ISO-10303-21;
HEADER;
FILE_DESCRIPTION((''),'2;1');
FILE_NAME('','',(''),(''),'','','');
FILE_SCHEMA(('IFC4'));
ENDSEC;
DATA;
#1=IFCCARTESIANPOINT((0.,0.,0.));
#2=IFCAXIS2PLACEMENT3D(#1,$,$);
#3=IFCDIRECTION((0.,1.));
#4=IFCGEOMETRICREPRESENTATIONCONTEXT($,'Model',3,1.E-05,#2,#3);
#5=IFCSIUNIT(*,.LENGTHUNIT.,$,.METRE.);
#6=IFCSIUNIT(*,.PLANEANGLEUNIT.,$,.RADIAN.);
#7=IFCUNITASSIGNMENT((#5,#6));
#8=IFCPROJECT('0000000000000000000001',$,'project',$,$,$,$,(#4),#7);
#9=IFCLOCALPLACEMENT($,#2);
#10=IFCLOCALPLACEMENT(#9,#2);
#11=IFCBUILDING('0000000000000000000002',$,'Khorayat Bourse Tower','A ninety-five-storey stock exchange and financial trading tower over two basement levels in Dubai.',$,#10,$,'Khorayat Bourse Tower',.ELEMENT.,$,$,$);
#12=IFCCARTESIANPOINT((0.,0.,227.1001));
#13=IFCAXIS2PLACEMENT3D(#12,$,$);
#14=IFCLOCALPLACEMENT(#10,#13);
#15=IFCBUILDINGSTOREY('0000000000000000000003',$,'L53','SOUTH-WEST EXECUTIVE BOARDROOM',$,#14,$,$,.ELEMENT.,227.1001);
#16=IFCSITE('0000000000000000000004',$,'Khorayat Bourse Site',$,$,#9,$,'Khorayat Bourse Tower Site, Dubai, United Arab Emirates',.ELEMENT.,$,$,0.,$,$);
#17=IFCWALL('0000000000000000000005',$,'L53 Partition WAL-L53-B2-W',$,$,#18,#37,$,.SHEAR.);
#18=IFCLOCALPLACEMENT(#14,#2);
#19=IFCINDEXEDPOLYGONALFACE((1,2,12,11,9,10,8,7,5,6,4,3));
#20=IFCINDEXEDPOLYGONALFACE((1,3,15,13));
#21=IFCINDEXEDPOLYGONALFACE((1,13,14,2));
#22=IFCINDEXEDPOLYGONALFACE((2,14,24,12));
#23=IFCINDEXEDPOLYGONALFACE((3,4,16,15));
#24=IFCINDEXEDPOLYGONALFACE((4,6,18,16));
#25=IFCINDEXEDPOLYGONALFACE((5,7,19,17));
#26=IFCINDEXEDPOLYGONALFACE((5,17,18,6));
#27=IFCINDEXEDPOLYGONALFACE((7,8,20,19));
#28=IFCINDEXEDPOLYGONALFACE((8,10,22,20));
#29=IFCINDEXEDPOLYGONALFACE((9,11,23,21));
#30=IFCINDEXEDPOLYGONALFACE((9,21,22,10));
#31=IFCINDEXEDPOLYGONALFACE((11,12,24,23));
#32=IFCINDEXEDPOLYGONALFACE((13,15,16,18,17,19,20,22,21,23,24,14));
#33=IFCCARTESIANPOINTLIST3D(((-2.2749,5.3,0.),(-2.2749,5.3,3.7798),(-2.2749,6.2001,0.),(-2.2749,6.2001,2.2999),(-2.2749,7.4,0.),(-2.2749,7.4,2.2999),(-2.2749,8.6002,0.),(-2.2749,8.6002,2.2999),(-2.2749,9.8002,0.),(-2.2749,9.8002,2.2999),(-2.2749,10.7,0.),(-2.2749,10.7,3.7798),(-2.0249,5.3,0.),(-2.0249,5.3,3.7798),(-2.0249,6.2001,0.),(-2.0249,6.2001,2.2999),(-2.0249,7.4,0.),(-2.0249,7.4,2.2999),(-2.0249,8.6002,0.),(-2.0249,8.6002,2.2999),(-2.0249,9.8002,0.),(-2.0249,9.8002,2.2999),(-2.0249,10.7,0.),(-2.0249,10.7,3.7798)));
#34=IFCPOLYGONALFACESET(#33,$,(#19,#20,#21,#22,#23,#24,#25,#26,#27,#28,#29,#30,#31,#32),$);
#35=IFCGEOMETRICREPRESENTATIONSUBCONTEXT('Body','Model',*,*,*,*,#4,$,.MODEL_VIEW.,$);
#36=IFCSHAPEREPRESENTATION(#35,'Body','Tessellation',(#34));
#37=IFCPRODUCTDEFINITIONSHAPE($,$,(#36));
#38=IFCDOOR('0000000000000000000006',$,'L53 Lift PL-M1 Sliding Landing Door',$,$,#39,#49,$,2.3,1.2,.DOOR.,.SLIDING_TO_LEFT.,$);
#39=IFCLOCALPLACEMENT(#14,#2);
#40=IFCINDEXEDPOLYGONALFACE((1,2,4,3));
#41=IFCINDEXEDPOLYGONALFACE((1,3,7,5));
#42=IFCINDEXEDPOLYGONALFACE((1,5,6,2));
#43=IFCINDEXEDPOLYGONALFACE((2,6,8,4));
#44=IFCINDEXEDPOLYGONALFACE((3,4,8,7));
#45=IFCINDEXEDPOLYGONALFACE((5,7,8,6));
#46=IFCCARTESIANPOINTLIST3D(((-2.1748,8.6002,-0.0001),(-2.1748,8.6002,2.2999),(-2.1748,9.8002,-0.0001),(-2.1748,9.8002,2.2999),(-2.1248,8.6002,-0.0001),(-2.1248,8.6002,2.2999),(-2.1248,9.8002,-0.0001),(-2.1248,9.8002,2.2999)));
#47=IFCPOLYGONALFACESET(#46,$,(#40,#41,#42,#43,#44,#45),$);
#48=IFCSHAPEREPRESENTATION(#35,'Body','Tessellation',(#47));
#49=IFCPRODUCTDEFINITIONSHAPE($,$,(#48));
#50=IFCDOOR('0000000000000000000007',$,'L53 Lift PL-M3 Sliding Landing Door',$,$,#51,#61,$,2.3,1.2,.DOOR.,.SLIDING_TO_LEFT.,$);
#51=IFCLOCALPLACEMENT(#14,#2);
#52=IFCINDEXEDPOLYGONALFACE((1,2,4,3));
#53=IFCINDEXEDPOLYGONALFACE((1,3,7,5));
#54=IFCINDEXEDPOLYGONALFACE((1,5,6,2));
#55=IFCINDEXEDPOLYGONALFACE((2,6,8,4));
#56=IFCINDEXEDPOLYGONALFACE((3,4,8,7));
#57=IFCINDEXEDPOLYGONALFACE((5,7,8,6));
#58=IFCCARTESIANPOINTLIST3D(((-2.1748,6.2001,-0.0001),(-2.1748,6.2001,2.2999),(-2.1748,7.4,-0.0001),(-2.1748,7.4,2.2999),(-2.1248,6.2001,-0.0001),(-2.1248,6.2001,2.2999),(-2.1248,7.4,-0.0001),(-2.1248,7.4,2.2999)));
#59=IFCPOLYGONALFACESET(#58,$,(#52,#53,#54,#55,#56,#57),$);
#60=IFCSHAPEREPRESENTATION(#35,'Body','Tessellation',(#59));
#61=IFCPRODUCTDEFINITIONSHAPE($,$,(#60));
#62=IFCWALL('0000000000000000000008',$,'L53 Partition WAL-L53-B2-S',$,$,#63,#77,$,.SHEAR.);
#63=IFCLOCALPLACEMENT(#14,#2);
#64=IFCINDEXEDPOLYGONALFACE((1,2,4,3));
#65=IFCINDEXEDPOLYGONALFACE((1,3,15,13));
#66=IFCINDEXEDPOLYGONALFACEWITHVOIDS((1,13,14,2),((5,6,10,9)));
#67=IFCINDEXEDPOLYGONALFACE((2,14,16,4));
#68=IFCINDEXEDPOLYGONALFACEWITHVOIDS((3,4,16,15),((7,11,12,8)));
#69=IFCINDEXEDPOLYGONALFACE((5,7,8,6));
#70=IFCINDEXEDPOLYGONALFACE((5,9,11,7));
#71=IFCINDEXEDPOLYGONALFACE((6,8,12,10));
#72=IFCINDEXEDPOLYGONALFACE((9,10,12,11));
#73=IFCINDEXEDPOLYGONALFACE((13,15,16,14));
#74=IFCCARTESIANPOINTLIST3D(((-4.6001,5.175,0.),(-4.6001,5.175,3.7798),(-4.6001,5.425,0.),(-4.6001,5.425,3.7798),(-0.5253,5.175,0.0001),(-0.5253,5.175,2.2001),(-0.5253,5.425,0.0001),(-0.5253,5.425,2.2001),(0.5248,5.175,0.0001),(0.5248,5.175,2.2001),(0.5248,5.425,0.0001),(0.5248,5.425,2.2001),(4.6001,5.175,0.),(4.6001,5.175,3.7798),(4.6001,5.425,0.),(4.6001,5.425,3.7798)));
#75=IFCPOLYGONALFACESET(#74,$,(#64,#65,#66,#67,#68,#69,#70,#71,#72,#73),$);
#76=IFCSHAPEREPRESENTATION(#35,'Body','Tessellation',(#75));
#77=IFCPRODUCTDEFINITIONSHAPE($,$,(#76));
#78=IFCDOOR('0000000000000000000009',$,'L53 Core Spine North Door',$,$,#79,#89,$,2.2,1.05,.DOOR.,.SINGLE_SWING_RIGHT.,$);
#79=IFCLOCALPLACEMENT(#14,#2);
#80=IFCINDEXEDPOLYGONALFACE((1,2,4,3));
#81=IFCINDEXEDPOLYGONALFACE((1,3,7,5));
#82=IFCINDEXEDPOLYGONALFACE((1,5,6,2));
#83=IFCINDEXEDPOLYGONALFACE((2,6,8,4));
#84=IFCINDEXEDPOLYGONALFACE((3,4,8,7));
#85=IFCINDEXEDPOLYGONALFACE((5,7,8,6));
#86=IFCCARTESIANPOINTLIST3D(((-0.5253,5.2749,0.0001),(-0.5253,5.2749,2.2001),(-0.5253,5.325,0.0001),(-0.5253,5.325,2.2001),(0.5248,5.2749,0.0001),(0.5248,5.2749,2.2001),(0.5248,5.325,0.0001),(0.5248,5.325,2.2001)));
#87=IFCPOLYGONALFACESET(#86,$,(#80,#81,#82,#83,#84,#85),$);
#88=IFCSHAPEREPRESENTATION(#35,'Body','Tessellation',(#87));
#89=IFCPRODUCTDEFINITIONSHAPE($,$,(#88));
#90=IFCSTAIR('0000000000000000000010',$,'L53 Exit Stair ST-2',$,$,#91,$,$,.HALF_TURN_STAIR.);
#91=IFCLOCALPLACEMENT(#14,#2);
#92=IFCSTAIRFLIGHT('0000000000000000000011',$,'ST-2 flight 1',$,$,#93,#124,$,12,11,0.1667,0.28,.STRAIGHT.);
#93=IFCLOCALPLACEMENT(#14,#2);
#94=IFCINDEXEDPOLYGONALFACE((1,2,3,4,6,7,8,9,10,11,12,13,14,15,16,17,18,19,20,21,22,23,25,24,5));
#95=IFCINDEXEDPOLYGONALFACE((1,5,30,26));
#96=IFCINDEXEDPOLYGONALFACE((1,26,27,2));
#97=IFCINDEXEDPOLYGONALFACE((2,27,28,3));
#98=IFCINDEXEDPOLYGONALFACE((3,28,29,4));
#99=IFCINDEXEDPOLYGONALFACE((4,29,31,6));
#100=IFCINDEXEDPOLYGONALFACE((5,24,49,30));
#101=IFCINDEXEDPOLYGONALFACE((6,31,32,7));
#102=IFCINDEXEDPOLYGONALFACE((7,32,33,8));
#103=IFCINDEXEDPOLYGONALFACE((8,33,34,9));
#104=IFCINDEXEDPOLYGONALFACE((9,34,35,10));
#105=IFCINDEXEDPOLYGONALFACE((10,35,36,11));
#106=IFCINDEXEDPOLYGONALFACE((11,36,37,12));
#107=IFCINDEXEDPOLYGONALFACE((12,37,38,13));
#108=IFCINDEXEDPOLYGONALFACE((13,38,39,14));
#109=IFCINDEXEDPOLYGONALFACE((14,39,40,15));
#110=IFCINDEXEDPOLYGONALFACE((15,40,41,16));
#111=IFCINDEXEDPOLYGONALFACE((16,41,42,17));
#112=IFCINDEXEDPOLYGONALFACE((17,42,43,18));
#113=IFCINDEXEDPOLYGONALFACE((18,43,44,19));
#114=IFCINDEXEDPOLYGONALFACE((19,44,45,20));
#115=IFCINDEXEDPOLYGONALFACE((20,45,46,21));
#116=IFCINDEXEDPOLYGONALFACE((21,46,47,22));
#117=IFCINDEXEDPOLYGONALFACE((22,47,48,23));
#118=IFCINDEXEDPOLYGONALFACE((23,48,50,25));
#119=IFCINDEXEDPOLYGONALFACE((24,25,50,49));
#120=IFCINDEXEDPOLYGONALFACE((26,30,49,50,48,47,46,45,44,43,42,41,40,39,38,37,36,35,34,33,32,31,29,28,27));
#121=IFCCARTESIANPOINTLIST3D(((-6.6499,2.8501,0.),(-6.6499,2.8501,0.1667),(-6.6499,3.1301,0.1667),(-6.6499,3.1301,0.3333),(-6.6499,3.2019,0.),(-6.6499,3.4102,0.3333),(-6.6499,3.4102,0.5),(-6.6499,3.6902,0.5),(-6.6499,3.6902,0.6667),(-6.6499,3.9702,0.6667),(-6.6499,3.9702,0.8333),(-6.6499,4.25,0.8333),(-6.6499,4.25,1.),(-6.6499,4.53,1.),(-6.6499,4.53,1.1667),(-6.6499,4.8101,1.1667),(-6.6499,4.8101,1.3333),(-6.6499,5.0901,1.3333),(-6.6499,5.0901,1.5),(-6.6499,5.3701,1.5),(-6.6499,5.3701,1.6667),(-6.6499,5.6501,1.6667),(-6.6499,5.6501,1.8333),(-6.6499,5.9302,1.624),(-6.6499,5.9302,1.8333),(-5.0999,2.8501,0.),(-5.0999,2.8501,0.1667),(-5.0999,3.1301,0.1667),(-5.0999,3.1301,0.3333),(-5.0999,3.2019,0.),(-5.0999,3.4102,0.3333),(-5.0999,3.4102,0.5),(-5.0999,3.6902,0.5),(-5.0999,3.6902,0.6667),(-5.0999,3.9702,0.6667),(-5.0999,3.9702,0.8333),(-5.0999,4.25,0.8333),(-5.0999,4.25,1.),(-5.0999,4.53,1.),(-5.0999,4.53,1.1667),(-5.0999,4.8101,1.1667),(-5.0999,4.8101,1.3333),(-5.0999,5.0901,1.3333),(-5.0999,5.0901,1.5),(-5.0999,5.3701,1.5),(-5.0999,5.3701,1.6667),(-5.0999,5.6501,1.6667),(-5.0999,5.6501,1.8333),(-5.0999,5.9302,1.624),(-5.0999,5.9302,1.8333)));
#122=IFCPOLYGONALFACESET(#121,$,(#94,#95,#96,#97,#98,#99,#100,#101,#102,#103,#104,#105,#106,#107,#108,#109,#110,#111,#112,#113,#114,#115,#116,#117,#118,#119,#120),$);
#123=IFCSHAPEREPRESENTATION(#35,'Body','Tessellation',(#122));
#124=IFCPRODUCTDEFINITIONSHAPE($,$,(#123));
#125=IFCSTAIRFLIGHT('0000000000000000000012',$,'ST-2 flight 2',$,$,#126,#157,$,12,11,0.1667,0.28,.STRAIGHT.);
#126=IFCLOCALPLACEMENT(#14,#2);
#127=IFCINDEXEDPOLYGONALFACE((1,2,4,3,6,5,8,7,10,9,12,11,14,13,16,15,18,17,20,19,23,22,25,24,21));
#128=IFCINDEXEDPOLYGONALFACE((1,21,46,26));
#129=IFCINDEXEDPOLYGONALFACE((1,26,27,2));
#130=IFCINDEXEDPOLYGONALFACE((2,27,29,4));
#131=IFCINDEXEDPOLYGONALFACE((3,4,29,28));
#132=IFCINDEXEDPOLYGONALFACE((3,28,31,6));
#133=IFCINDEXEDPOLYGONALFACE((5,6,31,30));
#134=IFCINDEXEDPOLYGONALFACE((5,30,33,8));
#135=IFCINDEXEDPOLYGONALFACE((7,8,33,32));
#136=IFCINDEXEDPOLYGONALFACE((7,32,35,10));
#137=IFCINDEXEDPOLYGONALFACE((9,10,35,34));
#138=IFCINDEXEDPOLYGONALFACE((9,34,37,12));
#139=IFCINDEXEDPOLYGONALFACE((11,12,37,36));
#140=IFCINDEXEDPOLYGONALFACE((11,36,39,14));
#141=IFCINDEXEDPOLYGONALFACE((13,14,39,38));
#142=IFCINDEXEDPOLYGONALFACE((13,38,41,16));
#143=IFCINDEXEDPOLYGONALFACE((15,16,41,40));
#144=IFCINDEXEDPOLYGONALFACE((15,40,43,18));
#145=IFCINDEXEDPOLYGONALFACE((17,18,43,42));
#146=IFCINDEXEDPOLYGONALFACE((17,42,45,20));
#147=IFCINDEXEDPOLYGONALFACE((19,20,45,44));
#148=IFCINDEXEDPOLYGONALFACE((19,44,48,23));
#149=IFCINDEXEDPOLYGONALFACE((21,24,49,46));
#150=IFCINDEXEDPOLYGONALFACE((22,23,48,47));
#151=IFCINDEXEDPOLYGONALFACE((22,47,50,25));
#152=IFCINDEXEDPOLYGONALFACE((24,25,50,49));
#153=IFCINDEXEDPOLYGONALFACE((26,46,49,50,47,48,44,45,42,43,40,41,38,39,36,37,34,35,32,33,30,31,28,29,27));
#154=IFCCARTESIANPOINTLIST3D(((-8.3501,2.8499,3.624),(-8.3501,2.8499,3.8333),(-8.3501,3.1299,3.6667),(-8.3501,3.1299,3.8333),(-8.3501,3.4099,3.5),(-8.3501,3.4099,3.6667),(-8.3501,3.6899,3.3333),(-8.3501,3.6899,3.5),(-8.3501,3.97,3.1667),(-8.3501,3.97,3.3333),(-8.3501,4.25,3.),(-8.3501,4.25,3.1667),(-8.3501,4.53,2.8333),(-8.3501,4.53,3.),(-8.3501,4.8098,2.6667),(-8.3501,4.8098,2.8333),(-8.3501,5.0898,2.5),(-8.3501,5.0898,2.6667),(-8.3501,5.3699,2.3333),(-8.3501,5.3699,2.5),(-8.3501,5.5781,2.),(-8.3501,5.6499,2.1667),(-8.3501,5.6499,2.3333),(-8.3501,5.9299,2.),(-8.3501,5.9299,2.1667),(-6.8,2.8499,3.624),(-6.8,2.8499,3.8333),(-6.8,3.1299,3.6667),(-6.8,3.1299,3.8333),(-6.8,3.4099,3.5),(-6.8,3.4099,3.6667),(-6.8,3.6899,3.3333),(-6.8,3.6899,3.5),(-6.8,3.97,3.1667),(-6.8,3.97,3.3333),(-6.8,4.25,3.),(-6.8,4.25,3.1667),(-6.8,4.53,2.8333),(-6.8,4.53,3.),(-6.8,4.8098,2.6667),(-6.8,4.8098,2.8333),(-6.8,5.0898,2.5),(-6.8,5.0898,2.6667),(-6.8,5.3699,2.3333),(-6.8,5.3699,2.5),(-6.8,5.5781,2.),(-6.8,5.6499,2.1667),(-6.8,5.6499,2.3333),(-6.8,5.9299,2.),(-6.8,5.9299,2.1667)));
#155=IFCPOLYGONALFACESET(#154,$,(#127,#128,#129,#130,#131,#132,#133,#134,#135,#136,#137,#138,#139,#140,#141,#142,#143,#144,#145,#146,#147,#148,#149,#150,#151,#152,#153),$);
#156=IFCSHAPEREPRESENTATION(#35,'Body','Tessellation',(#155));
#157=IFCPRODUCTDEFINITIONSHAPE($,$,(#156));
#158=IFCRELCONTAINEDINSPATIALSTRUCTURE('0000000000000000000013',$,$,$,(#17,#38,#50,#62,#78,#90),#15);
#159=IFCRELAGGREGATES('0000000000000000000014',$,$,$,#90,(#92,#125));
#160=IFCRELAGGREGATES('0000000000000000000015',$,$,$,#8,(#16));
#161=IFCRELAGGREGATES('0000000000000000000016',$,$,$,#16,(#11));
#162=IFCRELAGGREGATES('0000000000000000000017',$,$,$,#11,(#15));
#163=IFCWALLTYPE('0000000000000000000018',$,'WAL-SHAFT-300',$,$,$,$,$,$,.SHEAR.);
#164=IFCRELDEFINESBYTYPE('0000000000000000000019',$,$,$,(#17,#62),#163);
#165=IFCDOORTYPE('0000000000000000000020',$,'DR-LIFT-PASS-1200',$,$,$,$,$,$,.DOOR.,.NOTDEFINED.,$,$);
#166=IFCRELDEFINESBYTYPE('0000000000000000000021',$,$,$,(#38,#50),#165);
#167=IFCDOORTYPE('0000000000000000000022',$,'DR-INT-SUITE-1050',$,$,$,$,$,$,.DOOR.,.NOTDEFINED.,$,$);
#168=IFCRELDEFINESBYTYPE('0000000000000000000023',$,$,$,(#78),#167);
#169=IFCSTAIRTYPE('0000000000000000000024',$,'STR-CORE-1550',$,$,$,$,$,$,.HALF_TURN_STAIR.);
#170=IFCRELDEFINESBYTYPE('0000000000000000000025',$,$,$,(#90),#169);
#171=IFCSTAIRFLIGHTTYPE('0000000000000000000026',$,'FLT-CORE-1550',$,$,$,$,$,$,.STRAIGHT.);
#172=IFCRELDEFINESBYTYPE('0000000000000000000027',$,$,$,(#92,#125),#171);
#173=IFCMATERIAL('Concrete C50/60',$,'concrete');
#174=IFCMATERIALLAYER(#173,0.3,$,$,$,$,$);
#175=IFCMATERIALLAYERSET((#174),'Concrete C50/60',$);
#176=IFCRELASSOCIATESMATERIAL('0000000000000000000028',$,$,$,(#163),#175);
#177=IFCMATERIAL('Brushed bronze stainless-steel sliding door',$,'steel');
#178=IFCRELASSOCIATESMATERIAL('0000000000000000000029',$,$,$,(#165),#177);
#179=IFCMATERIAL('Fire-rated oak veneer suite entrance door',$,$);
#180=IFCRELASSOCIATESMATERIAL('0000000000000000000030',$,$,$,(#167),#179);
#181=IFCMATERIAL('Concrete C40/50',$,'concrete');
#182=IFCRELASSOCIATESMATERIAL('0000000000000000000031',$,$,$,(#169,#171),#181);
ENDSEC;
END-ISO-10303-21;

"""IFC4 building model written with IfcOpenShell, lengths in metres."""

from ifc_helpers import new_model, si_unit, direction, frame, frame_2d, origin, place, context, subcontext, project, spatial, polyline, rectangle, outline, extrude, source, transform, mapped, material, layer, layer_set, type_object, element, fill, aggregate, save


model = new_model("IFC4")

# Units and contexts
model_context = context("Model", 3, precision=1e-05, world=origin(), true_north=direction((0.0, 1.0)))
body_context = subcontext(model_context, "Body", "Model", "MODEL_VIEW")
ifc_project = project(units=[si_unit("LENGTHUNIT", "METRE"), si_unit("PLANEANGLEUNIT", "RADIAN")], contexts=[model_context])

# Site, building, storey
site_placement = place(None, origin())
site = spatial("IfcSite", under=ifc_project, at=site_placement, Name="Khorayat Bourse Site", LongName="Khorayat Bourse Tower Site, Dubai, United Arab Emirates", CompositionType="ELEMENT", RefElevation=0.0)
building_placement = place(site_placement, origin())
building = spatial("IfcBuilding", under=site, at=building_placement, Name="Khorayat Bourse Tower", Description="A ninety-five-storey stock exchange and financial trading tower over two basement levels in Dubai.", LongName="Khorayat Bourse Tower", CompositionType="ELEMENT")
storey_placement = place(building_placement, frame((0.0, 0.0, 227.1001)))
storey = spatial("IfcBuildingStorey", under=building, at=storey_placement, Name="L53", Description="SOUTH-WEST EXECUTIVE BOARDROOM", CompositionType="ELEMENT", Elevation=227.1001)

# Shared definitions
ifc_material_1 = material(Name="Concrete C40/50", Category="concrete")

# Shared definitions
ifc_material_2 = material(Name="Concrete C50/60", Category="concrete")
ifc_layer_1 = layer(ifc_material_2, 0.3)
ifc_layer_set_1 = layer_set([ifc_layer_1], Name="Concrete C50/60")
wall_type_1 = type_object("IfcWallType", Name="WAL-SHAFT-300", PredefinedType="SHEAR", material=ifc_layer_set_1)

# Wall, openings, doors
shared_shape_1 = source(origin(), body_context, "Body", "SweptSolid", [
    extrude(rectangle(XDim=5.3999, YDim=0.25, at=frame_2d((2.7, 0.0))), origin(), (0.0, 0.0, 1.0), 3.7798),
])
wall_1_placement = place(storey_placement, frame((-2.1499, 5.3, 0.0), z_axis=(0.0, 0.0, 1.0), x_axis=(0.0, 1.0, 0.0)))
wall_1 = element("IfcWall", 1, at=wall_1_placement, inside=storey, type_object=wall_type_1, Name="L53 Partition WAL-L53-B2-W", PredefinedType="SHEAR", context=body_context, shape_type="MappedRepresentation", body=[
    mapped(shared_shape_1, transform((0.0, 0.0, 0.0), scale=1.0)),
])
shared_shape_2 = source(origin(), body_context, "Body", "SweptSolid", [
    extrude(rectangle(XDim=1.2, YDim=2.3, at=frame_2d((0.6001, 1.1499))), frame((0.0, 0.135, 0.0), z_axis=(0.0, -1.0, 0.0), x_axis=(1.0, 0.0, 0.0)), (0.0, 0.0, 1.0), 0.27),
])
opening_1_placement = place(wall_1_placement, frame((3.3, 0.0, 0.0)))
opening_1 = element("IfcOpeningElement", 2, at=opening_1_placement, cuts=wall_1, PredefinedType="OPENING", context=body_context, shape_type="MappedRepresentation", body=[
    mapped(shared_shape_2, transform((0.0, 0.0, 0.0), scale=1.0)),
])
opening_2_placement = place(wall_1_placement, frame((0.8999, 0.0, 0.0)))
opening_2 = element("IfcOpeningElement", 3, at=opening_2_placement, cuts=wall_1, PredefinedType="OPENING", context=body_context, shape_type="MappedRepresentation", body=[
    mapped(shared_shape_2, transform((0.0, 0.0, 0.0), scale=1.0)),
])
ifc_material_3 = material(Name="Brushed bronze stainless-steel sliding door", Category="steel")
door_type_1 = type_object("IfcDoorType", Name="DR-LIFT-PASS-1200", OperationType="NOTDEFINED", PredefinedType="DOOR", material=ifc_material_3)
shared_shape_3 = source(origin(), body_context, "Body", "SweptSolid", [
    extrude(rectangle(XDim=1.2, YDim=2.3, at=frame_2d((0.6001, 1.1499))), frame((0.0, 0.0249, 0.0), z_axis=(0.0, -1.0, 0.0), x_axis=(1.0, 0.0, 0.0)), (0.0, 0.0, 1.0), 0.05),
])
door_1_placement = place(opening_1_placement, origin())
door_1 = element("IfcDoor", 4, at=door_1_placement, inside=storey, type_object=door_type_1, Name="L53 Lift PL-M1 Sliding Landing Door", OperationType="SLIDING_TO_LEFT", OverallHeight=2.3, OverallWidth=1.2, PredefinedType="DOOR", context=body_context, shape_type="MappedRepresentation", body=[
    mapped(shared_shape_3, transform((0.0, 0.0, 0.0), scale=1.0)),
])
fill(opening_1, door_1)
door_2_placement = place(opening_2_placement, origin())
door_2 = element("IfcDoor", 5, at=door_2_placement, inside=storey, type_object=door_type_1, Name="L53 Lift PL-M3 Sliding Landing Door", OperationType="SLIDING_TO_LEFT", OverallHeight=2.3, OverallWidth=1.2, PredefinedType="DOOR", context=body_context, shape_type="MappedRepresentation", body=[
    mapped(shared_shape_3, transform((0.0, 0.0, 0.0), scale=1.0)),
])
fill(opening_2, door_2)

# Wall, opening, door
shared_shape_4 = source(origin(), body_context, "Body", "SweptSolid", [
    extrude(rectangle(XDim=9.2002, YDim=0.25, at=frame_2d((4.6001, 0.0))), origin(), (0.0, 0.0, 1.0), 3.7798),
])
wall_2_placement = place(storey_placement, frame((-4.6001, 5.3, 0.0), z_axis=(0.0, 0.0, 1.0), x_axis=(1.0, 0.0, 0.0)))
wall_2 = element("IfcWall", 6, at=wall_2_placement, inside=storey, type_object=wall_type_1, Name="L53 Partition WAL-L53-B2-S", PredefinedType="SHEAR", context=body_context, shape_type="MappedRepresentation", body=[
    mapped(shared_shape_4, transform((0.0, 0.0, 0.0), scale=1.0)),
])
shared_shape_5 = source(origin(), body_context, "Body", "SweptSolid", [
    extrude(rectangle(XDim=1.05, YDim=2.2, at=frame_2d((0.5249, 1.1001))), frame((0.0, 0.135, 0.0), z_axis=(0.0, -1.0, 0.0), x_axis=(1.0, 0.0, 0.0)), (0.0, 0.0, 1.0), 0.27),
])
opening_3_placement = place(wall_2_placement, frame((4.075, 0.0, 0.0)))
opening_3 = element("IfcOpeningElement", 7, at=opening_3_placement, cuts=wall_2, PredefinedType="OPENING", context=body_context, shape_type="MappedRepresentation", body=[
    mapped(shared_shape_5, transform((0.0, 0.0, 0.0), scale=1.0)),
])
ifc_material_4 = material(Name="Fire-rated oak veneer suite entrance door")
door_type_2 = type_object("IfcDoorType", Name="DR-INT-SUITE-1050", OperationType="NOTDEFINED", PredefinedType="DOOR", material=ifc_material_4)
shared_shape_6 = source(origin(), body_context, "Body", "SweptSolid", [
    extrude(rectangle(XDim=1.05, YDim=2.2, at=frame_2d((0.5249, 1.1001))), frame((0.0, 0.0249, 0.0), z_axis=(0.0, -1.0, 0.0), x_axis=(1.0, 0.0, 0.0)), (0.0, 0.0, 1.0), 0.05),
])
door_3_placement = place(opening_3_placement, origin())
door_3 = element("IfcDoor", 8, at=door_3_placement, inside=storey, type_object=door_type_2, Name="L53 Core Spine North Door", OperationType="SINGLE_SWING_RIGHT", OverallHeight=2.2, OverallWidth=1.05, PredefinedType="DOOR", context=body_context, shape_type="MappedRepresentation", body=[
    mapped(shared_shape_6, transform((0.0, 0.0, 0.0), scale=1.0)),
])
fill(opening_3, door_3)

# Stair, stair flights
stair_type = type_object("IfcStairType", Name="STR-CORE-1550", PredefinedType="HALF_TURN_STAIR", material=ifc_material_1)
stair_placement = place(storey_placement, origin())
stair = element("IfcStair", 9, at=stair_placement, inside=storey, type_object=stair_type, Name="L53 Exit Stair ST-2", PredefinedType="HALF_TURN_STAIR")
stair_flight_type = type_object("IfcStairFlightType", Name="FLT-CORE-1550", PredefinedType="STRAIGHT", material=ifc_material_1)
shared_shape_7 = source(origin(), body_context, "Body", "SweptSolid", [
    extrude(outline(polyline([(0.0, 0.0), (0.0, 0.1667), (0.28, 0.1667), (0.28, 0.3333), (0.5601, 0.3333), (0.5601, 0.5), (0.8401, 0.5), (0.8401, 0.6667), (1.1201, 0.6667), (1.1201, 0.8333), (1.3999, 0.8333), (1.3999, 1.0), (1.6799, 1.0), (1.6799, 1.1667), (1.96, 1.1667), (1.96, 1.3333), (2.24, 1.3333), (2.24, 1.5), (2.52, 1.5), (2.52, 1.6667), (2.8, 1.6667), (2.8, 1.8333), (3.0801, 1.8333), (3.0801, 2.0), (3.0801, 1.624), (0.3518, 0.0), (0.0, 0.0)])), frame((0.0, 0.7749, 0.0), z_axis=(0.0, -1.0, 0.0), x_axis=(1.0, 0.0, 0.0)), (0.0, 0.0, 1.0), 1.55),
])
stair_flight_1_placement = place(storey_placement, frame((-5.875, 2.8501, 0.0), z_axis=(0.0, 0.0, 1.0), x_axis=(0.0, 1.0, 0.0)))
stair_flight_1 = element("IfcStairFlight", 10, at=stair_flight_1_placement, type_object=stair_flight_type, Name="ST-2 flight 1", NumberOfRisers=12, NumberOfTreads=11, PredefinedType="STRAIGHT", RiserHeight=0.1667, TreadLength=0.28, context=body_context, shape_type="MappedRepresentation", body=[
    mapped(shared_shape_7, transform((0.0, 0.0, 0.0), scale=1.0)),
])
stair_flight_2_placement = place(storey_placement, frame((-7.575, 5.9299, 2.0), z_axis=(0.0, 0.0, 1.0), x_axis=(0.0, -1.0, 0.0)))
stair_flight_2 = element("IfcStairFlight", 11, at=stair_flight_2_placement, type_object=stair_flight_type, Name="ST-2 flight 2", NumberOfRisers=12, NumberOfTreads=11, PredefinedType="STRAIGHT", RiserHeight=0.1667, TreadLength=0.28, context=body_context, shape_type="MappedRepresentation", body=[
    mapped(shared_shape_7, transform((0.0, 0.0, 0.0), scale=1.0)),
])
aggregate(stair, [stair_flight_1, stair_flight_2])

save(model, "model.ifc")
